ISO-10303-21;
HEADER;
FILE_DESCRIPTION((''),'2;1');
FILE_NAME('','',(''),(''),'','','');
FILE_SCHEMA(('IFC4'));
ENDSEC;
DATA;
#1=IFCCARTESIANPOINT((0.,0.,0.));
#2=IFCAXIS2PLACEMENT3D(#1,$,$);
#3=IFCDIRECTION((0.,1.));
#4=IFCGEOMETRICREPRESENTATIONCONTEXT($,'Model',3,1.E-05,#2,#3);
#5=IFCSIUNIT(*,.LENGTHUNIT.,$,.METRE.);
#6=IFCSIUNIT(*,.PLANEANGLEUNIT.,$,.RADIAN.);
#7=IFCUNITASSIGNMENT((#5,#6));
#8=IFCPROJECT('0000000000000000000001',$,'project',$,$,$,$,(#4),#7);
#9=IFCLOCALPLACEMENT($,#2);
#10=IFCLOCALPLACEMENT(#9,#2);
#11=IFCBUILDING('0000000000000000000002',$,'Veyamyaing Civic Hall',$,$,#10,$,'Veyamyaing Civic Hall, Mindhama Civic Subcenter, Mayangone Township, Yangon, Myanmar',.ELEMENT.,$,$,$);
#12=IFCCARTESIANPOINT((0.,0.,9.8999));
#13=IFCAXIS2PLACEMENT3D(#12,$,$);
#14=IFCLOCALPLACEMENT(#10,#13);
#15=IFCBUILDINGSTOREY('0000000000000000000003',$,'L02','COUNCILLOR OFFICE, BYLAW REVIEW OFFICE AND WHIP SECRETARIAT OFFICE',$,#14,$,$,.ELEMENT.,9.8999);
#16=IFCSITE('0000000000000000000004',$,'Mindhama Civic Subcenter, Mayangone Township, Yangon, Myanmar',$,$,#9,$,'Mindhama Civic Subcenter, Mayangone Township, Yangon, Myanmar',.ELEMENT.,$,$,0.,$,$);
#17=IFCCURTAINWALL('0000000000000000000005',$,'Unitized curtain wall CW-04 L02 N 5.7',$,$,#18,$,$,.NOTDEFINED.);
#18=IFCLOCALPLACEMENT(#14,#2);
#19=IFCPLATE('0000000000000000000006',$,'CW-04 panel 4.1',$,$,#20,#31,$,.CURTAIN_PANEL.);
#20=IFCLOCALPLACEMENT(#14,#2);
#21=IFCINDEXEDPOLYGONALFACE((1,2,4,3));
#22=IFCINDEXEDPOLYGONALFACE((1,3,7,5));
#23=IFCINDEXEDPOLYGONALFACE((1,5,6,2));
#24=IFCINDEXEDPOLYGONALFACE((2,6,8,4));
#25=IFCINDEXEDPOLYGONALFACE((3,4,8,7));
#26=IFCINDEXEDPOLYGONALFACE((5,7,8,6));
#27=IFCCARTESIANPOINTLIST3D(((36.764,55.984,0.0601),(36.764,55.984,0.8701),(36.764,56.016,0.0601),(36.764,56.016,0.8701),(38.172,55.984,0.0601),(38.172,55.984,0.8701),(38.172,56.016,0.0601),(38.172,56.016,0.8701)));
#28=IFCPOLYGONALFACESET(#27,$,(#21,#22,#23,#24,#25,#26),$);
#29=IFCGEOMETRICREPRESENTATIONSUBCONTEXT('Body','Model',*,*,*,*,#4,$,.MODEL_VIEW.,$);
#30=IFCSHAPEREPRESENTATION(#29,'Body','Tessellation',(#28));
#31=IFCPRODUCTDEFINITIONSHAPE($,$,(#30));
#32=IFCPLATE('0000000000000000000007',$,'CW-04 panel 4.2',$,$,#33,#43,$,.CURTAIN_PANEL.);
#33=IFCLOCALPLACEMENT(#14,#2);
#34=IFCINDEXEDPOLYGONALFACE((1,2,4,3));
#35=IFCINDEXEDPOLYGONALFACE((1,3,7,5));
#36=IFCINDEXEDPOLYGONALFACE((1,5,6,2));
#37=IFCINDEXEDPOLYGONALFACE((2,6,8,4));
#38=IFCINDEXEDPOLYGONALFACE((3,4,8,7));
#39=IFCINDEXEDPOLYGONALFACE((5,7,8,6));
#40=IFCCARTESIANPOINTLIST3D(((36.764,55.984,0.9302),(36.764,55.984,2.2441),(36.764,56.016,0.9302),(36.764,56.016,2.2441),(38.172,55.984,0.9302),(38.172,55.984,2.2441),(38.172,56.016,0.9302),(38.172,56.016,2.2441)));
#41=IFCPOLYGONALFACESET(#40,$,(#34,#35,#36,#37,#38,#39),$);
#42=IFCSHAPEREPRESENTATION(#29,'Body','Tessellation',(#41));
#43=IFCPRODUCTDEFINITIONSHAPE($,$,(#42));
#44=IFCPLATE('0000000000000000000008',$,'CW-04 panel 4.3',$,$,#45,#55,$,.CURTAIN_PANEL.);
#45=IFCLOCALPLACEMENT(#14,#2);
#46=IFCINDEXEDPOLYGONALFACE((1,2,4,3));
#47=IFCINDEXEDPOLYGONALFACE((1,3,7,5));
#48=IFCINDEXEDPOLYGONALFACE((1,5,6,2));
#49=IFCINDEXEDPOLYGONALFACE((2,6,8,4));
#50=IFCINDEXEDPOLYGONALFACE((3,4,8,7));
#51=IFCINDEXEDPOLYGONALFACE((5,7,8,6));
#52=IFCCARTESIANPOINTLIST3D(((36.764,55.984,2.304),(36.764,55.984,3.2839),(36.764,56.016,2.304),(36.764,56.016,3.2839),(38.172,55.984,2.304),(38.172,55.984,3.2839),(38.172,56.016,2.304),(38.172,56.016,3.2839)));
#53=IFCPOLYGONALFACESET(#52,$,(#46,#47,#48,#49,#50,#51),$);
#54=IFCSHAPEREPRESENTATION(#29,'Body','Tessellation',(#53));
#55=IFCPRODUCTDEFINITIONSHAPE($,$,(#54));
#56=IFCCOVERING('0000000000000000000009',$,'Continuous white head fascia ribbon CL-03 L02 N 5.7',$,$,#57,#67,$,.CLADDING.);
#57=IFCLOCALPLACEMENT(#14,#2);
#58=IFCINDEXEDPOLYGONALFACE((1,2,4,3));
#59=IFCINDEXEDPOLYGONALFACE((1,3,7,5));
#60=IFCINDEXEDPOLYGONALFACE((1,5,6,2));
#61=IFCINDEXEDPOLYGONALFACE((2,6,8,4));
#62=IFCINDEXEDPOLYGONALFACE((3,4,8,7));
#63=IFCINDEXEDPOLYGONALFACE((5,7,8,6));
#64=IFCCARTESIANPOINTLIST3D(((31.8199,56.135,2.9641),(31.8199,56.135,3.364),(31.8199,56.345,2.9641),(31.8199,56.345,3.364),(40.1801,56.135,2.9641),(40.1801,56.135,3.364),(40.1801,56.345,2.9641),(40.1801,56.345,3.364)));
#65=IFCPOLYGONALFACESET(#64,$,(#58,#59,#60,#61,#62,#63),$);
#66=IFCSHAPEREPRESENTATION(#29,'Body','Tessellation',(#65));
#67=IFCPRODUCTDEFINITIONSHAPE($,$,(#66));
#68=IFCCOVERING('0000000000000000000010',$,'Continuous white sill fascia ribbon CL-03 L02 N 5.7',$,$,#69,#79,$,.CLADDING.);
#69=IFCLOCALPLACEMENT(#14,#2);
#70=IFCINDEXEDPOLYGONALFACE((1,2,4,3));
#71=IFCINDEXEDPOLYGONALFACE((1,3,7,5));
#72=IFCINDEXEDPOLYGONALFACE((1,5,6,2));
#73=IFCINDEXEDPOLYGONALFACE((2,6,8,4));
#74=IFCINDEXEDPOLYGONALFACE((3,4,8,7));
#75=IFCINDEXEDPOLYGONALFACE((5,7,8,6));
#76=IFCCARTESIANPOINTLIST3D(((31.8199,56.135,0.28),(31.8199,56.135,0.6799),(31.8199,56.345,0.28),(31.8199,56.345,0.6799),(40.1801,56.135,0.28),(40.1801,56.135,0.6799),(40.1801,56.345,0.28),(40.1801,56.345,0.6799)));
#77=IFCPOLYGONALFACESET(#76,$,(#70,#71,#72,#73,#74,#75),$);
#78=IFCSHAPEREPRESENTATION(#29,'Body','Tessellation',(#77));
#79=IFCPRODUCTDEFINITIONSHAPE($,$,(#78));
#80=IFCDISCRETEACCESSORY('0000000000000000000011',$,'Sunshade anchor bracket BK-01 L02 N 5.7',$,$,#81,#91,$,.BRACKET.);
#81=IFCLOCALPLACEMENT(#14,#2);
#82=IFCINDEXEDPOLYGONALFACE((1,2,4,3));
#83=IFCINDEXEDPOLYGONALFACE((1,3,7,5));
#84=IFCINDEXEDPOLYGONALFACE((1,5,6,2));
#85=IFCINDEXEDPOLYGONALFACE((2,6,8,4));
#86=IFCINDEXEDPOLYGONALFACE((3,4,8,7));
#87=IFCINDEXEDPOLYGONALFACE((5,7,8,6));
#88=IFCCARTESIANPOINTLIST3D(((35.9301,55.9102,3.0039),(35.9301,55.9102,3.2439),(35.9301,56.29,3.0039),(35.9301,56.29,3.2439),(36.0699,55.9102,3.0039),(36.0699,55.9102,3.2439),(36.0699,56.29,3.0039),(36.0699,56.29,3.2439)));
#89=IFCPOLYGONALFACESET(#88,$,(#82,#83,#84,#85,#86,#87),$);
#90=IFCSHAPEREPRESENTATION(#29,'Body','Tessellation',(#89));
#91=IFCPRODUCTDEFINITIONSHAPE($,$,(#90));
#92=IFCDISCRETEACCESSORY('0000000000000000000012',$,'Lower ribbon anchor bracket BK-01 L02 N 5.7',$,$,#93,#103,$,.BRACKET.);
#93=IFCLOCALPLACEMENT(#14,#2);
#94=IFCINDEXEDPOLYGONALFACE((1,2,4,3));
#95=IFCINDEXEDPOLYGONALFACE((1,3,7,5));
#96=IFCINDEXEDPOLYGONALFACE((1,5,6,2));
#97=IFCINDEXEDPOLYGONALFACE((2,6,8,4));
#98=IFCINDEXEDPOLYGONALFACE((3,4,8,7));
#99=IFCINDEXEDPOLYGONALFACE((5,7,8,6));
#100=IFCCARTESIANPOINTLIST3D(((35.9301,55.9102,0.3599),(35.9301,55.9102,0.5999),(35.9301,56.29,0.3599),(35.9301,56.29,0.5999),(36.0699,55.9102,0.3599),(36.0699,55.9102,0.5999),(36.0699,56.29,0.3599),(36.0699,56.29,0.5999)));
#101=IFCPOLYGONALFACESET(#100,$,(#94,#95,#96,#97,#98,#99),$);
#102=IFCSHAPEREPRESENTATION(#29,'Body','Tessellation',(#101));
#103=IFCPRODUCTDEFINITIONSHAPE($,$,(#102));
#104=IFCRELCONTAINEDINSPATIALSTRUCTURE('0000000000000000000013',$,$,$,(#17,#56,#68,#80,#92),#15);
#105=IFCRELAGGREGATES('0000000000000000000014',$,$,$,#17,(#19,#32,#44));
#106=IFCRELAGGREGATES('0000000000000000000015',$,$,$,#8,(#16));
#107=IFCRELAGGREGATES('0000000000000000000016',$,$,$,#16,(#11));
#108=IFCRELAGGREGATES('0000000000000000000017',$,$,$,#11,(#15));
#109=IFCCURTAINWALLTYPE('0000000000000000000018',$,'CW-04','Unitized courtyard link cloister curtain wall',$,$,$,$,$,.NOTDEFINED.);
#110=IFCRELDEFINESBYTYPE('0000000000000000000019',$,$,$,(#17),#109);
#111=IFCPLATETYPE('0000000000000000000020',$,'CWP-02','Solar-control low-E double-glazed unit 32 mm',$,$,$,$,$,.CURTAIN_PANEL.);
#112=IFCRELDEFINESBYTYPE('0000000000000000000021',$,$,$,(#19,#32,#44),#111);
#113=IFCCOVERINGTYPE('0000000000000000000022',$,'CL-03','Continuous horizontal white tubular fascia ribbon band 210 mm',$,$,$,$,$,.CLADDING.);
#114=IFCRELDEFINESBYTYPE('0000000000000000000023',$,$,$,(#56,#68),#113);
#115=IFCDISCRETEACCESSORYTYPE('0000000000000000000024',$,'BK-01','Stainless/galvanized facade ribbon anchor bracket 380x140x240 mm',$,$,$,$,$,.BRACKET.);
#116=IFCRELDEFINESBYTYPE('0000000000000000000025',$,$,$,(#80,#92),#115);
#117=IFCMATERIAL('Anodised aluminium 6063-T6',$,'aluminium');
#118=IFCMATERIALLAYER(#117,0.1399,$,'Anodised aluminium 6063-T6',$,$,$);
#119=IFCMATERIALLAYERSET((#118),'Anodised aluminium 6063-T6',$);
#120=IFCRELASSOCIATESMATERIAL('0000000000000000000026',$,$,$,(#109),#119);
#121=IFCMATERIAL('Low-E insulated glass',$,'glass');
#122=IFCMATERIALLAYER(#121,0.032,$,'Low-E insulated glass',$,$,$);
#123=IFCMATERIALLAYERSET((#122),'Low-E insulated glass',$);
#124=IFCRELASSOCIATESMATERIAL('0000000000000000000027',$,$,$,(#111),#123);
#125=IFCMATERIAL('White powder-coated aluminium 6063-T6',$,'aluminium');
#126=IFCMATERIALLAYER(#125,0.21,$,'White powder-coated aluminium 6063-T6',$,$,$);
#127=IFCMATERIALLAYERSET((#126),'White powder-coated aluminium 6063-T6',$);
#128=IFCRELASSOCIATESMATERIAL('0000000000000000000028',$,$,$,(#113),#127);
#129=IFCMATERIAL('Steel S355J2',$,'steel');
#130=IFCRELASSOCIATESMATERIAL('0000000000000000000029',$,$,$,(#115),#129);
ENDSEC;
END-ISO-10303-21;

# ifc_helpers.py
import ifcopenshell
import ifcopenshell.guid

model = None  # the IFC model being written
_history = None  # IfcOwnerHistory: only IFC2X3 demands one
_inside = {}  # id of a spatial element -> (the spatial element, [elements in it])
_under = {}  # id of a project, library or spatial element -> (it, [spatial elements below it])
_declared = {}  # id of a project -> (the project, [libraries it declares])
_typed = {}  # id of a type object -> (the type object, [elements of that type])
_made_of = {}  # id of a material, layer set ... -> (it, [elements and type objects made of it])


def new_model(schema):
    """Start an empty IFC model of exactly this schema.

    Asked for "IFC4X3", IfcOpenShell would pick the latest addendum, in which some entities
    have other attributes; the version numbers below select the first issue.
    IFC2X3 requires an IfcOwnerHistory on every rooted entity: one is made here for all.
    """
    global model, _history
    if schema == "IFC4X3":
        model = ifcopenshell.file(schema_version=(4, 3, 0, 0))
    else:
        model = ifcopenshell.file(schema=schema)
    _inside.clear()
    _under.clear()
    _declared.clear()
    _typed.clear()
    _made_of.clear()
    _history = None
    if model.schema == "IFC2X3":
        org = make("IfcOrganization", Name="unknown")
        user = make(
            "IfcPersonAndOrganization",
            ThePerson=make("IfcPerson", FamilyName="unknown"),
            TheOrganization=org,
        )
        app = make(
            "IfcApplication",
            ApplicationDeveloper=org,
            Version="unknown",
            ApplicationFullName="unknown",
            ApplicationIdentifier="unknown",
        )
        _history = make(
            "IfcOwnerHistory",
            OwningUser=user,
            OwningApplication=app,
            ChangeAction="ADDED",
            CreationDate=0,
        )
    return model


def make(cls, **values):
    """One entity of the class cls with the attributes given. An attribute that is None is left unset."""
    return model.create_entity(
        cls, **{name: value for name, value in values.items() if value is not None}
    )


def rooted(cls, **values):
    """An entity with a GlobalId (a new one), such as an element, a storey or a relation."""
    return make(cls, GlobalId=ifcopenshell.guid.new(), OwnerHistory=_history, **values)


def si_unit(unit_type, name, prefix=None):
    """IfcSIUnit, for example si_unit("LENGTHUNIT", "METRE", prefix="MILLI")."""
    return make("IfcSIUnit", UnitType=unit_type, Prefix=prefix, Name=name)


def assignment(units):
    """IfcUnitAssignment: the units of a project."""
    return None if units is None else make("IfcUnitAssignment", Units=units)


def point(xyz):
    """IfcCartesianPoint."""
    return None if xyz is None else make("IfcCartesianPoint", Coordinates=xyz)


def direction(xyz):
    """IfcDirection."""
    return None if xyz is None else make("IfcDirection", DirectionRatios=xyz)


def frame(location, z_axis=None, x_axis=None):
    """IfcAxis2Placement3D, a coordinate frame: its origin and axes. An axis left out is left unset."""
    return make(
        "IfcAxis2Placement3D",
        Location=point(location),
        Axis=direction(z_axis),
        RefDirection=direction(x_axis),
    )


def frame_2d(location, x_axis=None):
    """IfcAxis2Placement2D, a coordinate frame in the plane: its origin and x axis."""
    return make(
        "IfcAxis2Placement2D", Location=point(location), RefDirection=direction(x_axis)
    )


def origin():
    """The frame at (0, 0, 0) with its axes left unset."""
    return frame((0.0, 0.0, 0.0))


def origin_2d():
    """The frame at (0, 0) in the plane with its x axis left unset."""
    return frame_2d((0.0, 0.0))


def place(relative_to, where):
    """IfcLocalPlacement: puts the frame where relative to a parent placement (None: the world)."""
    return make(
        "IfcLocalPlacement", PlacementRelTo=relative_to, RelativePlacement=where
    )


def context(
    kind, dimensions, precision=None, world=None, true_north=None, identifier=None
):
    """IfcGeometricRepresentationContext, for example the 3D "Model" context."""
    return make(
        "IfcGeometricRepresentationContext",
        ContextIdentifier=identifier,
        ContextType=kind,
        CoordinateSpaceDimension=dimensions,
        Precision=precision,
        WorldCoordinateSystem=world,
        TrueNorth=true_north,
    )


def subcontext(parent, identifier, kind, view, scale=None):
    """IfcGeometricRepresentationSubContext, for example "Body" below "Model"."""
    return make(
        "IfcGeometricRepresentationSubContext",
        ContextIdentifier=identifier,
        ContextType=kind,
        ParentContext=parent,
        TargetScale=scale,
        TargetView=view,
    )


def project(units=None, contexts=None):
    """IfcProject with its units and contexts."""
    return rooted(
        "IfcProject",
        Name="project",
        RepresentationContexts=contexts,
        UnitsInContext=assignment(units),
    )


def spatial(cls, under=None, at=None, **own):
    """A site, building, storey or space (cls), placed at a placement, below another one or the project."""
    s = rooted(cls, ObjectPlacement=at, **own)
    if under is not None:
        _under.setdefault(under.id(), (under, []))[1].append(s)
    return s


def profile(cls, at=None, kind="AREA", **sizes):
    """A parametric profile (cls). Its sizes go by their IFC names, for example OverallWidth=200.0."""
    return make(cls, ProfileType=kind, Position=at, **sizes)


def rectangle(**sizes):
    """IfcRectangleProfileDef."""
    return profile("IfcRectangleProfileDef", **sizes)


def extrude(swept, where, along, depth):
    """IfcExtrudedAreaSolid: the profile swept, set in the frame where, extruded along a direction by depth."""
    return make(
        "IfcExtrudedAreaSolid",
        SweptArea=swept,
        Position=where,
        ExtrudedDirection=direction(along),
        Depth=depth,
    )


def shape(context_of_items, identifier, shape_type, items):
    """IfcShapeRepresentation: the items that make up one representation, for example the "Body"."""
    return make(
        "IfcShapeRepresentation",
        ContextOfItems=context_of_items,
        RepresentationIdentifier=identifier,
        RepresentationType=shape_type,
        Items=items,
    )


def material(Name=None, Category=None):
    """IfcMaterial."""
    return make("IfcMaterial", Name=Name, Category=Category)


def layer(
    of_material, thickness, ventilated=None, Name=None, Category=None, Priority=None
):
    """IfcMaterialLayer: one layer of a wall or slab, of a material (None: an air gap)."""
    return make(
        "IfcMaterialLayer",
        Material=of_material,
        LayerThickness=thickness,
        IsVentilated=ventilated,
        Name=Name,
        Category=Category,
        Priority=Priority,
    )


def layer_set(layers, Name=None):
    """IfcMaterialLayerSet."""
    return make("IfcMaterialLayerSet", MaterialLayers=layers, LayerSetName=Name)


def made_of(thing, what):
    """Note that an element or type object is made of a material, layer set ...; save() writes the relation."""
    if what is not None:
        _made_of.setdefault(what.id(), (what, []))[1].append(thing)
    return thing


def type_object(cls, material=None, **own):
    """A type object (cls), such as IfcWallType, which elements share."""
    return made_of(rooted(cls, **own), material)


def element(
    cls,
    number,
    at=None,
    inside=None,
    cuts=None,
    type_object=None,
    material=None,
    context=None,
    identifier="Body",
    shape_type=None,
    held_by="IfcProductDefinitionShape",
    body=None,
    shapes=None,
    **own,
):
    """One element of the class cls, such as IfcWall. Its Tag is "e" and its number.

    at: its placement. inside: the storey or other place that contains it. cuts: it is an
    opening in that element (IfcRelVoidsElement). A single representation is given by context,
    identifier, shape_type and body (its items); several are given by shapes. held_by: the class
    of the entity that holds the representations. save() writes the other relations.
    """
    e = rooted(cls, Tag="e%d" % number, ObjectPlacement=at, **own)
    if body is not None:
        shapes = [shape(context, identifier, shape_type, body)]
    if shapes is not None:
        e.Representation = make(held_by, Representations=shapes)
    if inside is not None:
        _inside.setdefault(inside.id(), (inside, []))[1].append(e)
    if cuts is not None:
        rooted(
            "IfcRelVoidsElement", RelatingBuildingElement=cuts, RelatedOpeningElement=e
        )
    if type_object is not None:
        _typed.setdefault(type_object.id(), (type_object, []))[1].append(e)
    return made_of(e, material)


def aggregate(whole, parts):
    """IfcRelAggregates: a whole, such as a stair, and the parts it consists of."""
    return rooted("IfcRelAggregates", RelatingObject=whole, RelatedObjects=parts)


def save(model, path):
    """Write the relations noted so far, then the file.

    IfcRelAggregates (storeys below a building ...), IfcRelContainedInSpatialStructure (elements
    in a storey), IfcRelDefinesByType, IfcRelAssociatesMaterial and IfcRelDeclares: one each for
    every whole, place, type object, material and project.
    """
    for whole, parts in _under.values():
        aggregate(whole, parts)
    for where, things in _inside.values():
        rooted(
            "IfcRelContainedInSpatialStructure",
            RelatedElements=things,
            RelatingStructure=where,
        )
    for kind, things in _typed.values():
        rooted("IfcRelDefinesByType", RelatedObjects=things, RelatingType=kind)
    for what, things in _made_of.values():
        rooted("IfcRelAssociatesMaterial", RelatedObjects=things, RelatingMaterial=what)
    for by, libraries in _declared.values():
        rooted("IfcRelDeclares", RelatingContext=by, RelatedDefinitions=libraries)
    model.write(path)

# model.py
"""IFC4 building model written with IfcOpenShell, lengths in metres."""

from ifc_helpers import new_model, si_unit, direction, frame, origin, origin_2d, place, context, subcontext, project, spatial, rectangle, extrude, material, layer, layer_set, type_object, element, aggregate, save


model = new_model("IFC4")

# Units and contexts
model_context = context("Model", 3, precision=1e-05, world=origin(), true_north=direction((0.0, 1.0)))
body_context = subcontext(model_context, "Body", "Model", "MODEL_VIEW")
ifc_project = project(units=[si_unit("LENGTHUNIT", "METRE"), si_unit("PLANEANGLEUNIT", "RADIAN")], contexts=[model_context])

# Site, building, storey
site_placement = place(None, origin())
site = spatial("IfcSite", under=ifc_project, at=site_placement, Name="Mindhama Civic Subcenter, Mayangone Township, Yangon, Myanmar", LongName="Mindhama Civic Subcenter, Mayangone Township, Yangon, Myanmar", CompositionType="ELEMENT", RefElevation=0.0)
building_placement = place(site_placement, origin())
building = spatial("IfcBuilding", under=site, at=building_placement, Name="Veyamyaing Civic Hall", LongName="Veyamyaing Civic Hall, Mindhama Civic Subcenter, Mayangone Township, Yangon, Myanmar", CompositionType="ELEMENT")
storey_placement = place(building_placement, frame((0.0, 0.0, 9.8999)))
storey = spatial("IfcBuildingStorey", under=building, at=storey_placement, Name="L02", Description="COUNCILLOR OFFICE, BYLAW REVIEW OFFICE AND WHIP SECRETARIAT OFFICE", CompositionType="ELEMENT", Elevation=9.8999)

# Curtain wall, plates
ifc_material_1 = material(Name="Anodised aluminium 6063-T6", Category="aluminium")
ifc_layer_1 = layer(ifc_material_1, 0.1399, Name="Anodised aluminium 6063-T6")
ifc_layer_set_1 = layer_set([ifc_layer_1], Name="Anodised aluminium 6063-T6")
curtain_wall_type = type_object("IfcCurtainWallType", Name="CW-04", Description="Unitized courtyard link cloister curtain wall", PredefinedType="NOTDEFINED", material=ifc_layer_set_1)
curtain_wall_placement = place(storey_placement, origin())
curtain_wall = element("IfcCurtainWall", 1, at=curtain_wall_placement, inside=storey, type_object=curtain_wall_type, Name="Unitized curtain wall CW-04 L02 N 5.7", PredefinedType="NOTDEFINED")
ifc_material_2 = material(Name="Low-E insulated glass", Category="glass")
ifc_layer_2 = layer(ifc_material_2, 0.032, Name="Low-E insulated glass")
ifc_layer_set_2 = layer_set([ifc_layer_2], Name="Low-E insulated glass")
plate_type = type_object("IfcPlateType", Name="CWP-02", Description="Solar-control low-E double-glazed unit 32 mm", PredefinedType="CURTAIN_PANEL", material=ifc_layer_set_2)
plate_1_placement = place(storey_placement, frame((37.468, 56.0, 0.0601), z_axis=(0.0, 0.0, 1.0), x_axis=(1.0, 0.0, 0.0)))
plate_1 = element("IfcPlate", 2, at=plate_1_placement, type_object=plate_type, Name="CW-04 panel 4.1", PredefinedType="CURTAIN_PANEL", context=body_context, shape_type="SweptSolid", body=[
    extrude(rectangle(XDim=1.408, YDim=0.032, at=origin_2d()), origin(), (0.0, 0.0, 1.0), 0.8101),
])
plate_2_placement = place(storey_placement, frame((37.468, 56.0, 0.9302), z_axis=(0.0, 0.0, 1.0), x_axis=(1.0, 0.0, 0.0)))
plate_2 = element("IfcPlate", 3, at=plate_2_placement, type_object=plate_type, Name="CW-04 panel 4.2", PredefinedType="CURTAIN_PANEL", context=body_context, shape_type="SweptSolid", body=[
    extrude(rectangle(XDim=1.408, YDim=0.032, at=origin_2d()), origin(), (0.0, 0.0, 1.0), 1.314),
])
plate_3_placement = place(storey_placement, frame((37.468, 56.0, 2.304), z_axis=(0.0, 0.0, 1.0), x_axis=(1.0, 0.0, 0.0)))
plate_3 = element("IfcPlate", 4, at=plate_3_placement, type_object=plate_type, Name="CW-04 panel 4.3", PredefinedType="CURTAIN_PANEL", context=body_context, shape_type="SweptSolid", body=[
    extrude(rectangle(XDim=1.408, YDim=0.032, at=origin_2d()), origin(), (0.0, 0.0, 1.0), 0.98),
])
aggregate(curtain_wall, [plate_1, plate_2, plate_3])

# Coverings
ifc_material_3 = material(Name="White powder-coated aluminium 6063-T6", Category="aluminium")
ifc_layer_3 = layer(ifc_material_3, 0.21, Name="White powder-coated aluminium 6063-T6")
ifc_layer_set_3 = layer_set([ifc_layer_3], Name="White powder-coated aluminium 6063-T6")
covering_type = type_object("IfcCoveringType", Name="CL-03", Description="Continuous horizontal white tubular fascia ribbon band 210 mm", PredefinedType="CLADDING", material=ifc_layer_set_3)
for number, where, z_axis, x_axis, name in (
    (5, (36.0, 56.24, 2.9641), (0.0, 0.0, 1.0), (1.0, 0.0, 0.0), "Continuous white head fascia ribbon CL-03 L02 N 5.7"),
    (6, (36.0, 56.24, 0.28), (0.0, 0.0, 1.0), (1.0, 0.0, 0.0), "Continuous white sill fascia ribbon CL-03 L02 N 5.7"),
):
    element("IfcCovering", number, at=place(storey_placement, frame(where, z_axis=z_axis, x_axis=x_axis)), inside=storey, type_object=covering_type, Name=name, PredefinedType="CLADDING", context=body_context, shape_type="SweptSolid", body=[
        extrude(rectangle(XDim=8.3601, YDim=0.21, at=origin_2d()), origin(), (0.0, 0.0, 1.0), 0.3999),
    ])

# Discrete accessories
ifc_material_4 = material(Name="Steel S355J2", Category="steel")
discrete_accessory_type = type_object("IfcDiscreteAccessoryType", Name="BK-01", Description="Stainless/galvanized facade ribbon anchor bracket 380x140x240 mm", PredefinedType="BRACKET", material=ifc_material_4)
for number, where, z_axis, x_axis, name in (
    (7, (36.0, 56.1001, 3.0039), (0.0, 0.0, 1.0), (0.0, 1.0, 0.0), "Sunshade anchor bracket BK-01 L02 N 5.7"),
    (8, (36.0, 56.1001, 0.3599), (0.0, 0.0, 1.0), (0.0, 1.0, 0.0), "Lower ribbon anchor bracket BK-01 L02 N 5.7"),
):
    element("IfcDiscreteAccessory", number, at=place(storey_placement, frame(where, z_axis=z_axis, x_axis=x_axis)), inside=storey, type_object=discrete_accessory_type, Name=name, PredefinedType="BRACKET", context=body_context, shape_type="SweptSolid", body=[
        extrude(rectangle(XDim=0.3799, YDim=0.1399, at=origin_2d()), origin(), (0.0, 0.0, 1.0), 0.24),
    ])

save(model, "model.ifc")
